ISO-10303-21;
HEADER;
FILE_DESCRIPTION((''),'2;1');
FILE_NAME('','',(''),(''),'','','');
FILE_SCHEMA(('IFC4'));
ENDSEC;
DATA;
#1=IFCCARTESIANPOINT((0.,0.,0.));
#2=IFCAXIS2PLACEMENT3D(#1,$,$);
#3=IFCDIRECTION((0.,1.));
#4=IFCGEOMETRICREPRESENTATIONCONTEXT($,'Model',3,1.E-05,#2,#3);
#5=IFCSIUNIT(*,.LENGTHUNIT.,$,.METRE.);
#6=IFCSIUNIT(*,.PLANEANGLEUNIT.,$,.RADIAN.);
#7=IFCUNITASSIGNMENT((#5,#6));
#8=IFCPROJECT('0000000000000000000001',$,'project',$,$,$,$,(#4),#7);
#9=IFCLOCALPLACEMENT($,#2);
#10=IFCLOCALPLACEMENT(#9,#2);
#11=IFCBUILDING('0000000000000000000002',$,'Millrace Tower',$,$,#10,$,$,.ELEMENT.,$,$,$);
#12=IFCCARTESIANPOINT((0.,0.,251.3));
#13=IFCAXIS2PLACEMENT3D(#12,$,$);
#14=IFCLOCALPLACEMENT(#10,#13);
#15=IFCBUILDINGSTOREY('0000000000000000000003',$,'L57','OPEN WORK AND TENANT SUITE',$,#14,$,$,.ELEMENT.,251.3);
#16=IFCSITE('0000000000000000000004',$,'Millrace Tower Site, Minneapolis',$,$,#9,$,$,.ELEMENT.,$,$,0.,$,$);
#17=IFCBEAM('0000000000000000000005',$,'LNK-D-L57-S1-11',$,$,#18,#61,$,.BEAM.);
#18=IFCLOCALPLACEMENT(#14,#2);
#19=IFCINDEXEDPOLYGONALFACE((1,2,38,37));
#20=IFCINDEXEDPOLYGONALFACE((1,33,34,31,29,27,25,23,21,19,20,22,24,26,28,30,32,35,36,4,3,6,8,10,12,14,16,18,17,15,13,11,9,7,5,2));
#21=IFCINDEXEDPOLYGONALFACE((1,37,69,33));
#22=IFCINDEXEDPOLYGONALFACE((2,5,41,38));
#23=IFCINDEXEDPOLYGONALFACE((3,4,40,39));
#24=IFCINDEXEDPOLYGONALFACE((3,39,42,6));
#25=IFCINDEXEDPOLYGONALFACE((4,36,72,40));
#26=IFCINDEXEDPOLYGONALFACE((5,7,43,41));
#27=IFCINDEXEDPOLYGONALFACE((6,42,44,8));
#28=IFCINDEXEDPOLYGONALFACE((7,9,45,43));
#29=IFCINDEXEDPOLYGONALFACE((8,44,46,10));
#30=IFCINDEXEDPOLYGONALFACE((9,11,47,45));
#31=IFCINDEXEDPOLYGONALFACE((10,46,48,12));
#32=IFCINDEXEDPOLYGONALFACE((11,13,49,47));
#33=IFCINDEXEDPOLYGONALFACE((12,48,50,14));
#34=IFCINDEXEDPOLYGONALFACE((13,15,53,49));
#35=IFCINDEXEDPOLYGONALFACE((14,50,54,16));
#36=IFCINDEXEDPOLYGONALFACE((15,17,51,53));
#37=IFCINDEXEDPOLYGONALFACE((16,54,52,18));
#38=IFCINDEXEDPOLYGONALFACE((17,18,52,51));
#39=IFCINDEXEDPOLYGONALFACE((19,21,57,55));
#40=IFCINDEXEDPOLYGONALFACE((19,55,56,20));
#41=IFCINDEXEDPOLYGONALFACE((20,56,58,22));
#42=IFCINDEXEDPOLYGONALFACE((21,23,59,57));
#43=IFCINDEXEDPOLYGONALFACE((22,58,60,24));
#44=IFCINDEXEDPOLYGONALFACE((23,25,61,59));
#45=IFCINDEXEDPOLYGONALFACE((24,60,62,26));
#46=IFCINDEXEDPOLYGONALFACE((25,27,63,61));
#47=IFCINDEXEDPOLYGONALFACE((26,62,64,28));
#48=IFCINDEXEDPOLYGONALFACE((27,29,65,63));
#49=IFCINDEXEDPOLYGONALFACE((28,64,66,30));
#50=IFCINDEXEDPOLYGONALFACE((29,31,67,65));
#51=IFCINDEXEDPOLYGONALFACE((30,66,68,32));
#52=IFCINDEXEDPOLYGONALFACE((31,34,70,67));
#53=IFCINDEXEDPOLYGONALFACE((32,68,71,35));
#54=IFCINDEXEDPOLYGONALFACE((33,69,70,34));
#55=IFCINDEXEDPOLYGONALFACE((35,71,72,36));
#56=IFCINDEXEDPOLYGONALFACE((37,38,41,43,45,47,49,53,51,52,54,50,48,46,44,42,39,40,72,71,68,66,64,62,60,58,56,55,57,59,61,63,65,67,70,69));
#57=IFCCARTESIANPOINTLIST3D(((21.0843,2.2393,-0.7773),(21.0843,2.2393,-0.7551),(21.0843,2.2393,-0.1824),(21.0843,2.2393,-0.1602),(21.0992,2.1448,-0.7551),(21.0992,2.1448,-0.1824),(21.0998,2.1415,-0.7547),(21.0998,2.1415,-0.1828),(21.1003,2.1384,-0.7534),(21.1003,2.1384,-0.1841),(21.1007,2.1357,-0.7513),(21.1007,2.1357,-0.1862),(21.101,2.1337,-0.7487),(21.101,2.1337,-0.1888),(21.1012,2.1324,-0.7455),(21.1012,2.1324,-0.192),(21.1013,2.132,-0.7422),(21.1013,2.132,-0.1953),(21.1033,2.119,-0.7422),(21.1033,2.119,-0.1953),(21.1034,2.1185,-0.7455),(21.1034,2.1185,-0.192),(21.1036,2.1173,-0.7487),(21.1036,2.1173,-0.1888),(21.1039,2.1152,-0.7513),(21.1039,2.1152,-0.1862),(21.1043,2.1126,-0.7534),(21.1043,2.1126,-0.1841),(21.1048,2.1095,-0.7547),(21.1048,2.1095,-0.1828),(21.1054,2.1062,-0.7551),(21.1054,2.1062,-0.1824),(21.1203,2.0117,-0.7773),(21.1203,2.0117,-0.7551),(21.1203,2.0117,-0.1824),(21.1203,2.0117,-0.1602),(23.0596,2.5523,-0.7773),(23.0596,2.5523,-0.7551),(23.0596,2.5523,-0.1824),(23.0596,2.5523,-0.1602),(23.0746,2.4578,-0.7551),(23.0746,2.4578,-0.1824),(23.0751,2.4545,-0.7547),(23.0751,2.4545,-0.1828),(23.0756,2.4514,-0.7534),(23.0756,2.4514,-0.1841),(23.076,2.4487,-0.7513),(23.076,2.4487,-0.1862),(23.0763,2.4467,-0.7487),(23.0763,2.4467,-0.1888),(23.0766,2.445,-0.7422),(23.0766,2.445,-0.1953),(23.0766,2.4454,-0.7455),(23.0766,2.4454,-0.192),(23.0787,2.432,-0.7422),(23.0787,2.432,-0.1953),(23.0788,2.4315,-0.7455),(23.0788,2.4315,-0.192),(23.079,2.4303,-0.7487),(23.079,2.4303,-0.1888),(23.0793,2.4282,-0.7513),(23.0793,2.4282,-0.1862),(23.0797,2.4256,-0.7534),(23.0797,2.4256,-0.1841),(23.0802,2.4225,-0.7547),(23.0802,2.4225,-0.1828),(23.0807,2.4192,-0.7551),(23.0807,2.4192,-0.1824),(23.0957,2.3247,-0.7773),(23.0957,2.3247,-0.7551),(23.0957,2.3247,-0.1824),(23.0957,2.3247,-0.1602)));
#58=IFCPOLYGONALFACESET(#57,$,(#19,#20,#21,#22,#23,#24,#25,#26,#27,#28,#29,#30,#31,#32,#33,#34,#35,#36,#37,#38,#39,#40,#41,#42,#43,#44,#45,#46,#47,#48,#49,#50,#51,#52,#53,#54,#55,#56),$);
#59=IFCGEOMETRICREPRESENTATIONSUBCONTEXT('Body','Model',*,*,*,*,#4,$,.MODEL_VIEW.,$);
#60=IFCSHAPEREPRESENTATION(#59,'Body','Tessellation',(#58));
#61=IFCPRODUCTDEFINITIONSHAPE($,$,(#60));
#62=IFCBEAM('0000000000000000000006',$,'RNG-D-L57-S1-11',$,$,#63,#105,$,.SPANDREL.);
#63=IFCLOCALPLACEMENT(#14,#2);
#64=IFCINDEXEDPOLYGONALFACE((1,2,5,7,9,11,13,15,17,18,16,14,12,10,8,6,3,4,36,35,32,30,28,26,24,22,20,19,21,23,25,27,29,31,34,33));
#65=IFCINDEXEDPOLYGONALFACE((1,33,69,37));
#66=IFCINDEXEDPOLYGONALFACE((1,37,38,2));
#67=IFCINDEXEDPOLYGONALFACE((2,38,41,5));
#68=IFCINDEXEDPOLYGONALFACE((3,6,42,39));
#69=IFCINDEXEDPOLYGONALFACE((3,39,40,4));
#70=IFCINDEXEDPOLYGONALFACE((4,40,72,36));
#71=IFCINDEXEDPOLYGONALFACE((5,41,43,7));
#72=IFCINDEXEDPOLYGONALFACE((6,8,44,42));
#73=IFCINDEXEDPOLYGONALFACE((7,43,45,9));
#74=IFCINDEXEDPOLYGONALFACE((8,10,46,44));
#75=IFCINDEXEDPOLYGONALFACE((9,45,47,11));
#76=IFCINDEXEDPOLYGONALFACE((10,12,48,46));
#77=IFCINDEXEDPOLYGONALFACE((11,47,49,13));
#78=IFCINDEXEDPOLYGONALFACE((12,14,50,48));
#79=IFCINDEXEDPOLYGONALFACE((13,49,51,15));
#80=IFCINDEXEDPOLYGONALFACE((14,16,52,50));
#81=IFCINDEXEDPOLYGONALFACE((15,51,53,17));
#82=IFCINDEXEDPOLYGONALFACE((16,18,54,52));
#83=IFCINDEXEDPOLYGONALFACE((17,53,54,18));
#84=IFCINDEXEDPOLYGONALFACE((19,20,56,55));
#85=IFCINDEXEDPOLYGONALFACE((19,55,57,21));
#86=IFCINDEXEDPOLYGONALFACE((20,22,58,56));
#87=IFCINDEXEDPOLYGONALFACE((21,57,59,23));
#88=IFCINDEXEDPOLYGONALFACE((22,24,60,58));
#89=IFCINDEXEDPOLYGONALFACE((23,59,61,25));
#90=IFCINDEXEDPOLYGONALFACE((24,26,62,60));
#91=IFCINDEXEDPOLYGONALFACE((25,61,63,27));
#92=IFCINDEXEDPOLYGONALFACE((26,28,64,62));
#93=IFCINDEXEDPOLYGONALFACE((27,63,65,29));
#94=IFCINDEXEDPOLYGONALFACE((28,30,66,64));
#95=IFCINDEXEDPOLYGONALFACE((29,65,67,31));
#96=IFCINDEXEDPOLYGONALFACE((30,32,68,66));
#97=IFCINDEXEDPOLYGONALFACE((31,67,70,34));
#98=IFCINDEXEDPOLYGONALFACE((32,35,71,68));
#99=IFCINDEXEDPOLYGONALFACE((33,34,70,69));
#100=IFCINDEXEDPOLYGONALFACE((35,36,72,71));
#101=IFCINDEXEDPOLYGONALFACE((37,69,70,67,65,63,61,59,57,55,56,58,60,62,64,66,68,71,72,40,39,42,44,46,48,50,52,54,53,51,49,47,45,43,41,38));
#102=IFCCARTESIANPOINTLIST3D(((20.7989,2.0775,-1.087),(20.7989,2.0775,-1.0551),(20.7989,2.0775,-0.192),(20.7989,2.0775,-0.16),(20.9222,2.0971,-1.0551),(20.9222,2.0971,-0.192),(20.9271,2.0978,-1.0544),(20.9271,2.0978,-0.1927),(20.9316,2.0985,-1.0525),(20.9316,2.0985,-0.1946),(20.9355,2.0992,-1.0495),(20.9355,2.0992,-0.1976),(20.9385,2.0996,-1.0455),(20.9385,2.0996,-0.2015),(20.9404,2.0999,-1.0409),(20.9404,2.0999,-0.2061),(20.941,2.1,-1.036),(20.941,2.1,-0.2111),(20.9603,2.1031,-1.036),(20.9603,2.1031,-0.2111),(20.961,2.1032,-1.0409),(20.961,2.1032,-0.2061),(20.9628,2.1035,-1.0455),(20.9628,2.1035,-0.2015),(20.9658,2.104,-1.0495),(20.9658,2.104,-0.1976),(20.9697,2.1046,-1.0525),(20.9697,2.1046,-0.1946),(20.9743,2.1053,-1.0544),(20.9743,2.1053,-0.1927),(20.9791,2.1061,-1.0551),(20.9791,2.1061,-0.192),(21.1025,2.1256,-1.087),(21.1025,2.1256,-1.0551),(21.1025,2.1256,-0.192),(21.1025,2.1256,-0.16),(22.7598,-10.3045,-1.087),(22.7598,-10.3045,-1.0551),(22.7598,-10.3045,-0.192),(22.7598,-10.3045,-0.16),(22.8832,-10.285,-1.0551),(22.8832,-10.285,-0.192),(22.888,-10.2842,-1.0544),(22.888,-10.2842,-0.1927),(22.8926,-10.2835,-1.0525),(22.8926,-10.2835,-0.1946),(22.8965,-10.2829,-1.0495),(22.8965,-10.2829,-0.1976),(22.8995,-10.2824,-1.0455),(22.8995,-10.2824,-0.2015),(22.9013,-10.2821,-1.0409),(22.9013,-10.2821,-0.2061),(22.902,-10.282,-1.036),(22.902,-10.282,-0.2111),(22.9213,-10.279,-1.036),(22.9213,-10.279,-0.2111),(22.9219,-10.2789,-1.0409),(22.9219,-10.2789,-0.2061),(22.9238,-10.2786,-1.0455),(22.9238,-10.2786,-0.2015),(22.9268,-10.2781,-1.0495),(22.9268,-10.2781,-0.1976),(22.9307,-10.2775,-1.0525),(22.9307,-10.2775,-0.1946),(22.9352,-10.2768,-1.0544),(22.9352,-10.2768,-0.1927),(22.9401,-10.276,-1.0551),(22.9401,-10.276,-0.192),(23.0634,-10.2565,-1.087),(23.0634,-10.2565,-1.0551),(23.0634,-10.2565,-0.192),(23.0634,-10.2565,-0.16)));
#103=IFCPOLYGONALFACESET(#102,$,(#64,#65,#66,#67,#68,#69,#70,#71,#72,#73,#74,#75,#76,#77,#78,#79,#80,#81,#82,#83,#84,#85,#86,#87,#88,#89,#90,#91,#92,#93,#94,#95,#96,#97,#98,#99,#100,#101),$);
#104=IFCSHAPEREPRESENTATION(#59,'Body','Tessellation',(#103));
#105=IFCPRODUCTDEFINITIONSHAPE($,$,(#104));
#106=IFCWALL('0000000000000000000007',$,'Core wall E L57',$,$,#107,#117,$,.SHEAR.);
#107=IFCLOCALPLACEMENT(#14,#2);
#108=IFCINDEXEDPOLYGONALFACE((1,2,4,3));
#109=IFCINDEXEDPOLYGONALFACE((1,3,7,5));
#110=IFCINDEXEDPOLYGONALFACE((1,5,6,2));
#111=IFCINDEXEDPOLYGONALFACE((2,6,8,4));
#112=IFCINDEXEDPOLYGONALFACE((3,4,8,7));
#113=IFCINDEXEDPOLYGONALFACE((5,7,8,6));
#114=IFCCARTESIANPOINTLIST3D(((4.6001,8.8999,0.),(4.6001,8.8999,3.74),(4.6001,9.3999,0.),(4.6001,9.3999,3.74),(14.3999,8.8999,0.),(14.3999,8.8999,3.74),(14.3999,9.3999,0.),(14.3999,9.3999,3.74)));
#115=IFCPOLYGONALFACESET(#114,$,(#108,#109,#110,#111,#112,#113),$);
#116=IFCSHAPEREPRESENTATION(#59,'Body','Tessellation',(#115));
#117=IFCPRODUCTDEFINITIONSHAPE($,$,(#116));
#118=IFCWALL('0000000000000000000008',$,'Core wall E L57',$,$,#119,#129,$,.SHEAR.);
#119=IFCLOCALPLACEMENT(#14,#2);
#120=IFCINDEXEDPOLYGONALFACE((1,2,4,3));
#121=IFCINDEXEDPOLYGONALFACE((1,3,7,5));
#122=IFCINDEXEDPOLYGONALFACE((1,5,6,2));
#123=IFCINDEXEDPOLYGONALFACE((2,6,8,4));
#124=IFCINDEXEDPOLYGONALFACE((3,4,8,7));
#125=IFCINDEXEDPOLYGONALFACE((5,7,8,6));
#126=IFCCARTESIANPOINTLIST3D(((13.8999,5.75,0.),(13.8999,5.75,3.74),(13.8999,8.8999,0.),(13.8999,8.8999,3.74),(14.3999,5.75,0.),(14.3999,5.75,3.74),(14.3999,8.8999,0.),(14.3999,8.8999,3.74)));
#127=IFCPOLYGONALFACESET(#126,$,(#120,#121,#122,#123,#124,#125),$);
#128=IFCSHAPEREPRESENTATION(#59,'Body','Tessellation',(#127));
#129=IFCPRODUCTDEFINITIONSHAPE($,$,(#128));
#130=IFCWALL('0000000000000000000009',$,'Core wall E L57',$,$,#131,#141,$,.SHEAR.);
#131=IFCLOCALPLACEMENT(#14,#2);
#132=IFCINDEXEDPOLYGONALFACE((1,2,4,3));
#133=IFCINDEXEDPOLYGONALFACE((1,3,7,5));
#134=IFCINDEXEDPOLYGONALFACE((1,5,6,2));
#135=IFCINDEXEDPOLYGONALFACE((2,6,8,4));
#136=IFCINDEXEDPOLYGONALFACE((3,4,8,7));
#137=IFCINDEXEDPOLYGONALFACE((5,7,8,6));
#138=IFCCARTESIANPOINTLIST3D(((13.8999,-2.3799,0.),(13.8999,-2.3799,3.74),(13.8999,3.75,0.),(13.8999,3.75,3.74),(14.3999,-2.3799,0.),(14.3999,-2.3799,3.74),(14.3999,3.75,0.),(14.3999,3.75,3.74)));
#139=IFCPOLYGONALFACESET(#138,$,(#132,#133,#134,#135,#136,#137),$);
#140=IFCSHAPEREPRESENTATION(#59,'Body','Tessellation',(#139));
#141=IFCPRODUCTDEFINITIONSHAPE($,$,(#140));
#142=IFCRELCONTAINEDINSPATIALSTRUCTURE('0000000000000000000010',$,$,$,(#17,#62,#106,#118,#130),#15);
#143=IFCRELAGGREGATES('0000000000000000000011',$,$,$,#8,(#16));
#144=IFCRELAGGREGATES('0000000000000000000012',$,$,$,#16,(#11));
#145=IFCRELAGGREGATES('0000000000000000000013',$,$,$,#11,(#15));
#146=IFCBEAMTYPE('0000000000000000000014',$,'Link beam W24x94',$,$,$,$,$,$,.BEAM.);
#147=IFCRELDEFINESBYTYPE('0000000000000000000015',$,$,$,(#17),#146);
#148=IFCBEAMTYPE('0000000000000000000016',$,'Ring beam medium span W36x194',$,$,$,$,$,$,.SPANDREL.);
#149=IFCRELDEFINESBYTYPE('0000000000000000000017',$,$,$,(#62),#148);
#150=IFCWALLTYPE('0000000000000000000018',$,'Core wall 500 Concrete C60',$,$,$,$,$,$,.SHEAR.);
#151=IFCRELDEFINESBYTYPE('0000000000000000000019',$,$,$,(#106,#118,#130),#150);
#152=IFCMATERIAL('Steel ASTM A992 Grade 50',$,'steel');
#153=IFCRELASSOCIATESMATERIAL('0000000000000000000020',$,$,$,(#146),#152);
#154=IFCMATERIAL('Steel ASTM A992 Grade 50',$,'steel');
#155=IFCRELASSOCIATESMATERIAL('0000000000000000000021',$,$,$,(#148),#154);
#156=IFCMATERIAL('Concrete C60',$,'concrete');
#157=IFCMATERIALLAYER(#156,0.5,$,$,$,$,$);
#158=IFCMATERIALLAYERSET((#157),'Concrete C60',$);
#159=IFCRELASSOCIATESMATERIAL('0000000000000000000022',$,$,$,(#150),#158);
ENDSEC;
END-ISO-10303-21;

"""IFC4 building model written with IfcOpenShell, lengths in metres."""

from ifc_helpers import new_model, si_unit, direction, frame, frame_2d, origin, origin_2d, place, context, subcontext, project, spatial, rectangle, i_section, extrude, material, layer, layer_set, material_profile, profile_set, type_object, element, save


model = new_model("IFC4")

# Units and contexts
model_context = context("Model", 3, precision=1e-05, world=origin(), true_north=direction((0.0, 1.0)))
body_context = subcontext(model_context, "Body", "Model", "MODEL_VIEW")
ifc_project = project(units=[si_unit("LENGTHUNIT", "METRE"), si_unit("PLANEANGLEUNIT", "RADIAN")], contexts=[model_context])

# Site, building, storey
site_placement = place(None, origin())
site = spatial("IfcSite", under=ifc_project, at=site_placement, Name="Millrace Tower Site, Minneapolis", CompositionType="ELEMENT", RefElevation=0.0)
building_placement = place(site_placement, origin())
building = spatial("IfcBuilding", under=site, at=building_placement, Name="Millrace Tower", CompositionType="ELEMENT")
storey_placement = place(building_placement, frame((0.0, 0.0, 251.3)))
storey = spatial("IfcBuildingStorey", under=building, at=storey_placement, Name="L57", Description="OPEN WORK AND TENANT SUITE", CompositionType="ELEMENT", Elevation=251.3)

# Beams
ifc_material_1 = material(Name="Steel ASTM A992 Grade 50", Category="steel")
ifc_material_profile_1 = material_profile(ifc_material_1, i_section(OverallWidth=0.2305, OverallDepth=0.6172, WebThickness=0.0132, FlangeThickness=0.0222, FilletRadius=0.0129, at=origin_2d()))
ifc_profile_set_1 = profile_set([ifc_material_profile_1], Name="Steel ASTM A992 Grade 50")
beam_type_1 = type_object("IfcBeamType", Name="Link beam W24x94", PredefinedType="BEAM", material=ifc_profile_set_1)
beam_1_placement = place(storey_placement, frame((21.1023, 2.1255, -0.4688), z_axis=(0.987679, 0.156495, 0.0), x_axis=(-0.156495, 0.987679, 0.0)))
element("IfcBeam", 1, at=beam_1_placement, inside=storey, type_object=beam_type_1, Name="LNK-D-L57-S1-11", PredefinedType="BEAM", context=body_context, shape_type="SweptSolid", body=[
    extrude(i_section(OverallWidth=0.2305, OverallDepth=0.6172, WebThickness=0.0132, FlangeThickness=0.0222, FilletRadius=0.0129, at=origin_2d()), origin(), (0.0, 0.0, 1.0), 2.0),
])
ifc_material_2 = material(Name="Steel ASTM A992 Grade 50", Category="steel")
ifc_material_profile_2 = material_profile(ifc_material_2, i_section(OverallWidth=0.3074, OverallDepth=0.927, WebThickness=0.0195, FlangeThickness=0.032, FilletRadius=0.019, at=origin_2d()))
ifc_profile_set_2 = profile_set([ifc_material_profile_2], Name="Steel ASTM A992 Grade 50")
beam_type_2 = type_object("IfcBeamType", Name="Ring beam medium span W36x194", PredefinedType="SPANDREL", material=ifc_profile_set_2)
beam_2_placement = place(storey_placement, frame((20.9507, 2.1016, -0.6235), z_axis=(0.15642, -0.987691, 0.0), x_axis=(0.987691, 0.15642, 0.0)))
element("IfcBeam", 2, at=beam_2_placement, inside=storey, type_object=beam_type_2, Name="RNG-D-L57-S1-11", PredefinedType="SPANDREL", context=body_context, shape_type="SweptSolid", body=[
    extrude(i_section(OverallWidth=0.3074, OverallDepth=0.927, WebThickness=0.0195, FlangeThickness=0.032, FilletRadius=0.019, at=origin_2d()), origin(), (0.0, 0.0, 1.0), 12.5364),
])

# Walls
ifc_material_3 = material(Name="Concrete C60", Category="concrete")
ifc_layer_1 = layer(ifc_material_3, 0.5)
ifc_layer_set_1 = layer_set([ifc_layer_1], Name="Concrete C60")
wall_type_1 = type_object("IfcWallType", Name="Core wall 500 Concrete C60", PredefinedType="SHEAR", material=ifc_layer_set_1)
wall_1_placement = place(storey_placement, frame((14.3999, 9.1499, 0.0), z_axis=(0.0, 0.0, 1.0), x_axis=(-1.0, 0.0, 0.0)))
element("IfcWall", 3, at=wall_1_placement, inside=storey, type_object=wall_type_1, Name="Core wall E L57", PredefinedType="SHEAR", context=body_context, shape_type="SweptSolid", body=[
    extrude(rectangle(XDim=9.7998, YDim=0.5, at=frame_2d((4.8999, 0.0))), origin(), (0.0, 0.0, 1.0), 3.74),
])
wall_2_placement = place(storey_placement, frame((14.1499, 8.8999, 0.0), z_axis=(0.0, 0.0, 1.0), x_axis=(0.0, -1.0, 0.0)))
element("IfcWall", 4, at=wall_2_placement, inside=storey, type_object=wall_type_1, Name="Core wall E L57", PredefinedType="SHEAR", context=body_context, shape_type="SweptSolid", body=[
    extrude(rectangle(XDim=3.1499, YDim=0.5, at=frame_2d((1.575, 0.0))), origin(), (0.0, 0.0, 1.0), 3.74),
])
wall_3_placement = place(storey_placement, frame((14.1499, 3.75, 0.0), z_axis=(0.0, 0.0, 1.0), x_axis=(0.0, -1.0, 0.0)))
element("IfcWall", 5, at=wall_3_placement, inside=storey, type_object=wall_type_1, Name="Core wall E L57", PredefinedType="SHEAR", context=body_context, shape_type="SweptSolid", body=[
    extrude(rectangle(XDim=6.1299, YDim=0.5, at=frame_2d((3.0649, 0.0))), origin(), (0.0, 0.0, 1.0), 3.74),
])

save(model, "model.ifc")
